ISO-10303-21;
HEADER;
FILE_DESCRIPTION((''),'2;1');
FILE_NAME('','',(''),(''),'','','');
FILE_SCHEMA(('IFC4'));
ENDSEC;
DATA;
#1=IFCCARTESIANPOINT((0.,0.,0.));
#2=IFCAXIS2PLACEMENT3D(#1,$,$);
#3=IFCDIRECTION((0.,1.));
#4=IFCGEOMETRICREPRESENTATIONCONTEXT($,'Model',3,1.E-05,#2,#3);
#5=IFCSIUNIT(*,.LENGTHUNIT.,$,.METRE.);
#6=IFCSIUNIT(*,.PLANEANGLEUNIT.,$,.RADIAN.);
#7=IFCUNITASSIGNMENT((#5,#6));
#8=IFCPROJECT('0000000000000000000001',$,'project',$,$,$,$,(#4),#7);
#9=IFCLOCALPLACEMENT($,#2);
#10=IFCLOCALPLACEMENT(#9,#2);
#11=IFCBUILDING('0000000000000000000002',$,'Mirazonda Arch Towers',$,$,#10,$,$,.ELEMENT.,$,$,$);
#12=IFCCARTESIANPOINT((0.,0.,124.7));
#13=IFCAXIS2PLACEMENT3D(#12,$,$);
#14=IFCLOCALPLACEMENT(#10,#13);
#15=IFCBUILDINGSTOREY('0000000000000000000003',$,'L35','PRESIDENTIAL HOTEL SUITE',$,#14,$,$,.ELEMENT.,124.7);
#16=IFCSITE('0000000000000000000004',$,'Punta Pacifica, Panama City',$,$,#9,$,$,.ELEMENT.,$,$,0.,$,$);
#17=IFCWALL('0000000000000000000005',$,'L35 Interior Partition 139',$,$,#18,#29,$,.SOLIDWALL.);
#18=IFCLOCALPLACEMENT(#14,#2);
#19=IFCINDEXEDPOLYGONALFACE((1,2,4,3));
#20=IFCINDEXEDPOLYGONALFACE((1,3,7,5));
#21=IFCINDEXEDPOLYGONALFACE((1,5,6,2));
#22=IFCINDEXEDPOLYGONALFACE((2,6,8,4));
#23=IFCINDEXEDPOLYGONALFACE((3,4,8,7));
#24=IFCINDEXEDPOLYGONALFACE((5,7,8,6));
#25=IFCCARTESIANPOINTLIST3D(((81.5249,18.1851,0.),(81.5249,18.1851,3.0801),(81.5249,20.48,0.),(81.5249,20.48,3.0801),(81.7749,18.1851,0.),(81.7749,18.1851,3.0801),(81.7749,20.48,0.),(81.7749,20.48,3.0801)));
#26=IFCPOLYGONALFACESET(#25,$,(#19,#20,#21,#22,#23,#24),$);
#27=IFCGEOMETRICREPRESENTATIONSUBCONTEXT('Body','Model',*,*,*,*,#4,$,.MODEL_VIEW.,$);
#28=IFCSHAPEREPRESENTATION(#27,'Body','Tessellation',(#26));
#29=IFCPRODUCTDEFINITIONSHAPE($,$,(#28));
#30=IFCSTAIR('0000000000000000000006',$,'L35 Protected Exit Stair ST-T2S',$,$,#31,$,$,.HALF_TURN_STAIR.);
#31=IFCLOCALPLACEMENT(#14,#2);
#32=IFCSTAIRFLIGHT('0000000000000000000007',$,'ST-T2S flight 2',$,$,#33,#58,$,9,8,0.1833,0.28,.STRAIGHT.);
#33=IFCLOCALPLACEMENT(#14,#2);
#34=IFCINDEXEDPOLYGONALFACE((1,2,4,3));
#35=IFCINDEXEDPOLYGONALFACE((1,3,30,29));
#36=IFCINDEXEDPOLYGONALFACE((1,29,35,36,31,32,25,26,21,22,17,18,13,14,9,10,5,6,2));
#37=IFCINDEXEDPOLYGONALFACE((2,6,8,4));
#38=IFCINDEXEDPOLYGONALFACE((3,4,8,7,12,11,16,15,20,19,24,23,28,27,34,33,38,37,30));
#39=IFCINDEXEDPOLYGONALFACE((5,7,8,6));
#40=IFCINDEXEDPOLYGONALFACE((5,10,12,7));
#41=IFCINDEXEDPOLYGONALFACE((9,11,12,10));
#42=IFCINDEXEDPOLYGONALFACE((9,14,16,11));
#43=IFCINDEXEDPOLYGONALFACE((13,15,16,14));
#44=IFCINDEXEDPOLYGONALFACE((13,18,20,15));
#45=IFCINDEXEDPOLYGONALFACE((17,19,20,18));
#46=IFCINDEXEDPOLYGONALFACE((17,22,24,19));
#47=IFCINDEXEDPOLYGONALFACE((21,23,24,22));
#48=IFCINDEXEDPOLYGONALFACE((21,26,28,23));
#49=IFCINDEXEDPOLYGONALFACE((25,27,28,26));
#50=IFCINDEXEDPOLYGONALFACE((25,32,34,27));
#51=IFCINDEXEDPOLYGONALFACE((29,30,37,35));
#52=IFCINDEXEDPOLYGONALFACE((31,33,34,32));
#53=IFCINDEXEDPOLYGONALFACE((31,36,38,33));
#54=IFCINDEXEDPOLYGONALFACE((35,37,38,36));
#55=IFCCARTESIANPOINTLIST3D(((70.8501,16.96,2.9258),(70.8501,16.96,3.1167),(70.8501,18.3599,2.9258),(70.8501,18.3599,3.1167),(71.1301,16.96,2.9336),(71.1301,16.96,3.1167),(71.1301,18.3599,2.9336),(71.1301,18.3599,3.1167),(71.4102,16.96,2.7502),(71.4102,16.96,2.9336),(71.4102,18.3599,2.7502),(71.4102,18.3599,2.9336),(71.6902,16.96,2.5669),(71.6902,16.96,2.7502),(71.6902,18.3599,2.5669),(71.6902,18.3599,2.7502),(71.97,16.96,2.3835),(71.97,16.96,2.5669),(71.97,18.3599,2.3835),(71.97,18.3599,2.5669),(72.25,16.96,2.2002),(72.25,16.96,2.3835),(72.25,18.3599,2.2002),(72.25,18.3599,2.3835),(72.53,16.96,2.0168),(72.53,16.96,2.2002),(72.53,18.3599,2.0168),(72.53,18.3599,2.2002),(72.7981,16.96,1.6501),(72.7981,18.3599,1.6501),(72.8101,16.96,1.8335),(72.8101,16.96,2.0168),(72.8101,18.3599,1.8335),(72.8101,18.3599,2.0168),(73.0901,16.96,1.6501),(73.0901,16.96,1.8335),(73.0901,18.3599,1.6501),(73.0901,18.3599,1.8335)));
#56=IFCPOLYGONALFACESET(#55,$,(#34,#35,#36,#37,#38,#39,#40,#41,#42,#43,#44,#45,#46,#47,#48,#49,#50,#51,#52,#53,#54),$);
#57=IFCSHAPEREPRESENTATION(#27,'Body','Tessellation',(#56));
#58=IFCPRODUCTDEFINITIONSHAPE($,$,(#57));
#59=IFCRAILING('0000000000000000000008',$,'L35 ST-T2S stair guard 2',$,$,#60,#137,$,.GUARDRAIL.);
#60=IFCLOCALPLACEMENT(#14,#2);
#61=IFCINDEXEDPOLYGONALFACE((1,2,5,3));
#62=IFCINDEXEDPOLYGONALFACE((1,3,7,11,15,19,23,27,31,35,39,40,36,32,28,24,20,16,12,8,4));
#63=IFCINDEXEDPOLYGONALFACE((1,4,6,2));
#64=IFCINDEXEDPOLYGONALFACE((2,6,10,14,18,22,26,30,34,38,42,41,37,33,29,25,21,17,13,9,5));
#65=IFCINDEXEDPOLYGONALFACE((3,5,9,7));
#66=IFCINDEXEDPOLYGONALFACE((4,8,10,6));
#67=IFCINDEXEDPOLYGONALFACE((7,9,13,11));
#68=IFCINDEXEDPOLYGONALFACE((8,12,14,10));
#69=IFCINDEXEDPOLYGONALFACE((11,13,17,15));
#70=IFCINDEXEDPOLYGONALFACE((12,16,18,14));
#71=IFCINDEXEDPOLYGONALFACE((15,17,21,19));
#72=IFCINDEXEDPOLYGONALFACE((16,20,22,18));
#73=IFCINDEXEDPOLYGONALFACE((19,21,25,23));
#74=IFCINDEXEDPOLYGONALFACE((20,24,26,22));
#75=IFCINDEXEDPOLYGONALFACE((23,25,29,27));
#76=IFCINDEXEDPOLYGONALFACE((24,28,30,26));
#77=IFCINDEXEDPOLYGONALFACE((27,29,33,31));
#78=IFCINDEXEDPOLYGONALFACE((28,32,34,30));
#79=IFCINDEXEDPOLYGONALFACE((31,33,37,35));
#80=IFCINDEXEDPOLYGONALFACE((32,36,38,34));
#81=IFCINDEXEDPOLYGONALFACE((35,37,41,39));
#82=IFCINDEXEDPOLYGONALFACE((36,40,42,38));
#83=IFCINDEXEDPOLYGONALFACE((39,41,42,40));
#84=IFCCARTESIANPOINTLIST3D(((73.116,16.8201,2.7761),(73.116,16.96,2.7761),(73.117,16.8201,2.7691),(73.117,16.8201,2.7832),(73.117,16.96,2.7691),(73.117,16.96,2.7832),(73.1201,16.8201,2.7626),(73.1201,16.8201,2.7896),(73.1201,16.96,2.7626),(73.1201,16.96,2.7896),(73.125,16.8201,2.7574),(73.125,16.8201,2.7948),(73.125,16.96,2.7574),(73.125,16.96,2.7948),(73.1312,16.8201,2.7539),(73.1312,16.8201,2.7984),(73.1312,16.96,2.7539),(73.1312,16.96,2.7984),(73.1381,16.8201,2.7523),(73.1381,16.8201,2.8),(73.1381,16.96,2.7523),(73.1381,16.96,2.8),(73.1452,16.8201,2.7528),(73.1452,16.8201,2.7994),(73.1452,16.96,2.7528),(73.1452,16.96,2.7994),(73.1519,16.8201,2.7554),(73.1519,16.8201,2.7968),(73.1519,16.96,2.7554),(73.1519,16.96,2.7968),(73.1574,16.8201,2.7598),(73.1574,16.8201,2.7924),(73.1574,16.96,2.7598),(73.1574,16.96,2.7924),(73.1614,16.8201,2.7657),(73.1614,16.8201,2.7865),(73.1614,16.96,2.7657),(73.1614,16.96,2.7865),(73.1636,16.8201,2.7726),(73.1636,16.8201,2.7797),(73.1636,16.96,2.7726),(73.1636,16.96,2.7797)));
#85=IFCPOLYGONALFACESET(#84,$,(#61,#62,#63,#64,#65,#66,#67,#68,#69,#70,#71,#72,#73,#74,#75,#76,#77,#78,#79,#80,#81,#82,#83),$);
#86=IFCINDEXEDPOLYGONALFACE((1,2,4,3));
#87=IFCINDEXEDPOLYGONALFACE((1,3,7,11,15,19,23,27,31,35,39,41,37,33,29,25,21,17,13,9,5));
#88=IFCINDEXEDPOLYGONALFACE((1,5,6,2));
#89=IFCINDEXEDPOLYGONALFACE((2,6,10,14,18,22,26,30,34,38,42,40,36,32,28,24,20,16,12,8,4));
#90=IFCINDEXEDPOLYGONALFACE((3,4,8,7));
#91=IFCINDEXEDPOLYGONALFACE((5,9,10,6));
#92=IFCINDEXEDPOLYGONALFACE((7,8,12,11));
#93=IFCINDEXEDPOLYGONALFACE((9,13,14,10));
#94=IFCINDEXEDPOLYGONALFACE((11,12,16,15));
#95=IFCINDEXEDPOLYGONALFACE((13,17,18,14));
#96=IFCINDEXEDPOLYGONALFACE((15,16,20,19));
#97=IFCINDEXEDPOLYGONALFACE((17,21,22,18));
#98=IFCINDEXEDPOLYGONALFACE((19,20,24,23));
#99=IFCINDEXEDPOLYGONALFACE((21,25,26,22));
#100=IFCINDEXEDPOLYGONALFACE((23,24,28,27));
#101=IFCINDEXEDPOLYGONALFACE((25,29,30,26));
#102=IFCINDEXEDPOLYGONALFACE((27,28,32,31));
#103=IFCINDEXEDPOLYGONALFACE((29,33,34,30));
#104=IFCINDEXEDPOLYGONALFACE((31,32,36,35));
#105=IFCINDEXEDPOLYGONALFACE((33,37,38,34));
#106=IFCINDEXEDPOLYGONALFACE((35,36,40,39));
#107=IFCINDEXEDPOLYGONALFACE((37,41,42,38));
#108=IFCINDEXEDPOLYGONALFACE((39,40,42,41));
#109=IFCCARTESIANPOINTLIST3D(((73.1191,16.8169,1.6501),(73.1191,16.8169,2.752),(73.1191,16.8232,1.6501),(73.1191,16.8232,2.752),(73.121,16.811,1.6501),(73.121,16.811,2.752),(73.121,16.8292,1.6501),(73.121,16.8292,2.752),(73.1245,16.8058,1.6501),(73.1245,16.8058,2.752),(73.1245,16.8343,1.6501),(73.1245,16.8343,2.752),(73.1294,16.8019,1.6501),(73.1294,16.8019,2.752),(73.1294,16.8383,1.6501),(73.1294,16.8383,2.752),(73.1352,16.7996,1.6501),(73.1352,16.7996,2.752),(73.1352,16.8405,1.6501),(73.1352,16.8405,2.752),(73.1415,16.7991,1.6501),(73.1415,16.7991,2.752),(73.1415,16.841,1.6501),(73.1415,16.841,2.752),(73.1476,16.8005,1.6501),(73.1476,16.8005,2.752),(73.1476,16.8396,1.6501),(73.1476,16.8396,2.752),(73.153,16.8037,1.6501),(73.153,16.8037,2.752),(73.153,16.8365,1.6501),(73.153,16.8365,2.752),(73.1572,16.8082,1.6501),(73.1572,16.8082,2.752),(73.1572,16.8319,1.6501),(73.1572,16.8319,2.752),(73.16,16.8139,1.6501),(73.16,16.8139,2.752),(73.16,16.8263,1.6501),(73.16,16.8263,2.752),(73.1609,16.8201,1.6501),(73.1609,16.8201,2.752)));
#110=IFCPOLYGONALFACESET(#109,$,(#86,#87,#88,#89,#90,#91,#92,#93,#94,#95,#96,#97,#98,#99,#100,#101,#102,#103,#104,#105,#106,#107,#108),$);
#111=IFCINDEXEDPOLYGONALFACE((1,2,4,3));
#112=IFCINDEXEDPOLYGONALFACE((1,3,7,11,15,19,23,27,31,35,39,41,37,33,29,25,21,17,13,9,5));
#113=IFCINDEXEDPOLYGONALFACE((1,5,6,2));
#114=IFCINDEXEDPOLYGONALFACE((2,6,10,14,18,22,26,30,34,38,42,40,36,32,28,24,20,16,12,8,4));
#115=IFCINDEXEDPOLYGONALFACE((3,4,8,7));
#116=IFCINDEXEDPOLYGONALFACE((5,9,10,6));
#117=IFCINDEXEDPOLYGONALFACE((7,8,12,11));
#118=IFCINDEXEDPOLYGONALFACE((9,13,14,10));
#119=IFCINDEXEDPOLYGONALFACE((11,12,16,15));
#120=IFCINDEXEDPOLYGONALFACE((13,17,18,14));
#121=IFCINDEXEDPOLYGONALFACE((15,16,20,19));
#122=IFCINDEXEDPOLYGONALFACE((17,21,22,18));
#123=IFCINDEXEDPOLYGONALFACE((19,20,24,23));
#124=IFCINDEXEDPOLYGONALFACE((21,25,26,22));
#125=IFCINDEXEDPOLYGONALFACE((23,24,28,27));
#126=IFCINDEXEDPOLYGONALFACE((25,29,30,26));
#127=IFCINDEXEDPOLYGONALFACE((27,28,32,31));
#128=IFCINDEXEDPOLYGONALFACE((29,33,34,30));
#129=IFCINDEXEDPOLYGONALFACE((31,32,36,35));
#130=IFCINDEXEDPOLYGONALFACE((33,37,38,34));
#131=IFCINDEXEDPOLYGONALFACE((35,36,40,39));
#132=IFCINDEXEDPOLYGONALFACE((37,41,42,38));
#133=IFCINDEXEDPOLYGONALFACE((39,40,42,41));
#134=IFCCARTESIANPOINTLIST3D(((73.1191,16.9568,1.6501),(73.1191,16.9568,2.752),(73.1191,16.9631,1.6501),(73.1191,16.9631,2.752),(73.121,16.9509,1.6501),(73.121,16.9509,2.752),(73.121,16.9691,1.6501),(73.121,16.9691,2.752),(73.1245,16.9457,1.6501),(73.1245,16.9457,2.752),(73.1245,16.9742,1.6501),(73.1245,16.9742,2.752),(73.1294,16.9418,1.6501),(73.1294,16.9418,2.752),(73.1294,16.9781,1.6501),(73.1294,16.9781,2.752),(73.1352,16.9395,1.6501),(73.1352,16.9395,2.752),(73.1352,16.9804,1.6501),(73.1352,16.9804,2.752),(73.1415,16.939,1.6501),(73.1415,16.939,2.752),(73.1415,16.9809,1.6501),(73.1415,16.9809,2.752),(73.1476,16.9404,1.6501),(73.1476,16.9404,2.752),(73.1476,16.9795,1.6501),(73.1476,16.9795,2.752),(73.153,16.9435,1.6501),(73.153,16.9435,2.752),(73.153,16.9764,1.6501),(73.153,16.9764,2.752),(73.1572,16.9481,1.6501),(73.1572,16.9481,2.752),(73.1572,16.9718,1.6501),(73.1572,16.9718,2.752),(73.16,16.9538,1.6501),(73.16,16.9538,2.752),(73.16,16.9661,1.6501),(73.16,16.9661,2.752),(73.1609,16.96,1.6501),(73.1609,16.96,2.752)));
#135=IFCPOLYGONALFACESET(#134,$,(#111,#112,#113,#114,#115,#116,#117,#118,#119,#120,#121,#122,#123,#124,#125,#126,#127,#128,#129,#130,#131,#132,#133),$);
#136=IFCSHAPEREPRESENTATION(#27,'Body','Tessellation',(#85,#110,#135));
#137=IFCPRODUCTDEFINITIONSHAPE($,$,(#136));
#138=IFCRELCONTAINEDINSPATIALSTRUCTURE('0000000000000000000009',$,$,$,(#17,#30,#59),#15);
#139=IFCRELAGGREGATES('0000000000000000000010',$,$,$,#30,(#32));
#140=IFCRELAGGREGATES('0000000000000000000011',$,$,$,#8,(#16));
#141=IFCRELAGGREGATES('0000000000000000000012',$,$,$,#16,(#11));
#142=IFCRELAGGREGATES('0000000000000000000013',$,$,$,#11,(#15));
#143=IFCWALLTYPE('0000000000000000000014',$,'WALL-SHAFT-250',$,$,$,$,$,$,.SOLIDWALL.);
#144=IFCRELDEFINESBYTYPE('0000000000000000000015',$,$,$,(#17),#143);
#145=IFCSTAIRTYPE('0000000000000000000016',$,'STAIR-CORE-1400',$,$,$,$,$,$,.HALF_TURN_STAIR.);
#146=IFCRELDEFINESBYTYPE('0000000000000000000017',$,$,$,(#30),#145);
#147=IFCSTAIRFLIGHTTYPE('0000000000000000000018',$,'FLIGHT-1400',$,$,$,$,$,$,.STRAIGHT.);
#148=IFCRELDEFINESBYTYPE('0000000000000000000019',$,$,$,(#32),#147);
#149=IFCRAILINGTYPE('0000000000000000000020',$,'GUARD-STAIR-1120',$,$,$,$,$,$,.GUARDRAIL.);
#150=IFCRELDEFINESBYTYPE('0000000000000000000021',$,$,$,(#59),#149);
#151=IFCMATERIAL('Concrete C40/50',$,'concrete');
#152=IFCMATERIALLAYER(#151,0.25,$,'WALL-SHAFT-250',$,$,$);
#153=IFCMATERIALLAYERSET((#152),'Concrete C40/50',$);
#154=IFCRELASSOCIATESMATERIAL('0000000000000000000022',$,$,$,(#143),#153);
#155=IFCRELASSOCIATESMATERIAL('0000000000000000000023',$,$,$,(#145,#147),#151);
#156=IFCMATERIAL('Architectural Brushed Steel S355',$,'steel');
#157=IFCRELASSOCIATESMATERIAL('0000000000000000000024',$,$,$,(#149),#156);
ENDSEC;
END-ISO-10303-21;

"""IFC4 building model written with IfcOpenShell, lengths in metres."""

from ifc_helpers import new_model, si_unit, direction, frame, frame_2d, origin, origin_2d, place, context, subcontext, project, spatial, polyline, rectangle, circle, outline, extrude, material, layer, layer_set, type_object, element, aggregate, save


model = new_model("IFC4")

# Units and contexts
model_context = context("Model", 3, precision=1e-05, world=origin(), true_north=direction((0.0, 1.0)))
body_context = subcontext(model_context, "Body", "Model", "MODEL_VIEW")
ifc_project = project(units=[si_unit("LENGTHUNIT", "METRE"), si_unit("PLANEANGLEUNIT", "RADIAN")], contexts=[model_context])

# Site, building, storey
site_placement = place(None, origin())
site = spatial("IfcSite", under=ifc_project, at=site_placement, Name="Punta Pacifica, Panama City", CompositionType="ELEMENT", RefElevation=0.0)
building_placement = place(site_placement, origin())
building = spatial("IfcBuilding", under=site, at=building_placement, Name="Mirazonda Arch Towers", CompositionType="ELEMENT")
storey_placement = place(building_placement, frame((0.0, 0.0, 124.7)))
storey = spatial("IfcBuildingStorey", under=building, at=storey_placement, Name="L35", Description="PRESIDENTIAL HOTEL SUITE", CompositionType="ELEMENT", Elevation=124.7)

# Wall
ifc_material_1 = material(Name="Concrete C40/50", Category="concrete")
ifc_layer_1 = layer(ifc_material_1, 0.25, Name="WALL-SHAFT-250")
ifc_layer_set_1 = layer_set([ifc_layer_1], Name="Concrete C40/50")
wall_type_1 = type_object("IfcWallType", Name="WALL-SHAFT-250", PredefinedType="SOLIDWALL", material=ifc_layer_set_1)
wall_1_placement = place(storey_placement, frame((81.6499, 18.1851, 0.0), z_axis=(0.0, 0.0, 1.0), x_axis=(0.0, 1.0, 0.0)))
element("IfcWall", 1, at=wall_1_placement, inside=storey, type_object=wall_type_1, Name="L35 Interior Partition 139", PredefinedType="SOLIDWALL", context=body_context, shape_type="SweptSolid", body=[
    extrude(rectangle(XDim=2.2949, YDim=0.25, at=frame_2d((1.1475, 0.0))), origin(), (0.0, 0.0, 1.0), 3.0801),
])

# Stair, stair flight
stair_type = type_object("IfcStairType", Name="STAIR-CORE-1400", PredefinedType="HALF_TURN_STAIR", material=ifc_material_1)
stair_placement = place(storey_placement, origin())
stair = element("IfcStair", 2, at=stair_placement, inside=storey, type_object=stair_type, Name="L35 Protected Exit Stair ST-T2S", PredefinedType="HALF_TURN_STAIR")
stair_flight_type = type_object("IfcStairFlightType", Name="FLIGHT-1400", PredefinedType="STRAIGHT", material=ifc_material_1)
stair_flight_placement = place(storey_placement, frame((73.0901, 17.6599, 1.6501), z_axis=(0.0, 0.0, 1.0), x_axis=(-1.0, 0.0, 0.0)))
stair_flight = element("IfcStairFlight", 3, at=stair_flight_placement, type_object=stair_flight_type, Name="ST-T2S flight 2", NumberOfRisers=9, NumberOfTreads=8, PredefinedType="STRAIGHT", RiserHeight=0.1833, TreadLength=0.28, context=body_context, shape_type="SweptSolid", body=[
    extrude(outline(polyline([(0.0, 0.0), (0.0, 0.1833), (0.28, 0.1833), (0.28, 0.3667), (0.5601, 0.3667), (0.5601, 0.55), (0.8401, 0.55), (0.8401, 0.7334), (1.1201, 0.7334), (1.1201, 0.9167), (1.3999, 0.9167), (1.3999, 1.1001), (1.6799, 1.1001), (1.6799, 1.2834), (1.96, 1.2834), (1.96, 1.4666), (2.24, 1.4666), (2.24, 1.6499), (2.24, 1.2756), (0.292, 0.0), (0.0, 0.0)])), frame((0.0, 0.7, 0.0), z_axis=(0.0, -1.0, 0.0), x_axis=(1.0, 0.0, 0.0)), (0.0, 0.0, 1.0), 1.3999),
])
aggregate(stair, [stair_flight])

# Railing
ifc_material_2 = material(Name="Architectural Brushed Steel S355", Category="steel")
railing_type_1 = type_object("IfcRailingType", Name="GUARD-STAIR-1120", PredefinedType="GUARDRAIL", material=ifc_material_2)
railing_1_placement = place(storey_placement, frame((73.1399, 16.8201, 1.6501)))
element("IfcRailing", 4, at=railing_1_placement, inside=storey, type_object=railing_type_1, Name="L35 ST-T2S stair guard 2", PredefinedType="GUARDRAIL", context=body_context, shape_type="SweptSolid", body=[
    extrude(circle(Radius=0.0239, at=origin_2d()), frame((0.0, 0.0, 1.126), z_axis=(0.0, 1.0, 0.0), x_axis=(-1.0, 0.0, 0.0)), (0.0, 0.0, 1.0), 0.1399),
    extrude(circle(Radius=0.021, at=origin_2d()), origin(), (0.0, 0.0, 1.0), 1.1018),
    extrude(circle(Radius=0.021, at=origin_2d()), frame((0.0, 0.1399, 0.0)), (0.0, 0.0, 1.0), 1.1018),
])

save(model, "model.ifc")
